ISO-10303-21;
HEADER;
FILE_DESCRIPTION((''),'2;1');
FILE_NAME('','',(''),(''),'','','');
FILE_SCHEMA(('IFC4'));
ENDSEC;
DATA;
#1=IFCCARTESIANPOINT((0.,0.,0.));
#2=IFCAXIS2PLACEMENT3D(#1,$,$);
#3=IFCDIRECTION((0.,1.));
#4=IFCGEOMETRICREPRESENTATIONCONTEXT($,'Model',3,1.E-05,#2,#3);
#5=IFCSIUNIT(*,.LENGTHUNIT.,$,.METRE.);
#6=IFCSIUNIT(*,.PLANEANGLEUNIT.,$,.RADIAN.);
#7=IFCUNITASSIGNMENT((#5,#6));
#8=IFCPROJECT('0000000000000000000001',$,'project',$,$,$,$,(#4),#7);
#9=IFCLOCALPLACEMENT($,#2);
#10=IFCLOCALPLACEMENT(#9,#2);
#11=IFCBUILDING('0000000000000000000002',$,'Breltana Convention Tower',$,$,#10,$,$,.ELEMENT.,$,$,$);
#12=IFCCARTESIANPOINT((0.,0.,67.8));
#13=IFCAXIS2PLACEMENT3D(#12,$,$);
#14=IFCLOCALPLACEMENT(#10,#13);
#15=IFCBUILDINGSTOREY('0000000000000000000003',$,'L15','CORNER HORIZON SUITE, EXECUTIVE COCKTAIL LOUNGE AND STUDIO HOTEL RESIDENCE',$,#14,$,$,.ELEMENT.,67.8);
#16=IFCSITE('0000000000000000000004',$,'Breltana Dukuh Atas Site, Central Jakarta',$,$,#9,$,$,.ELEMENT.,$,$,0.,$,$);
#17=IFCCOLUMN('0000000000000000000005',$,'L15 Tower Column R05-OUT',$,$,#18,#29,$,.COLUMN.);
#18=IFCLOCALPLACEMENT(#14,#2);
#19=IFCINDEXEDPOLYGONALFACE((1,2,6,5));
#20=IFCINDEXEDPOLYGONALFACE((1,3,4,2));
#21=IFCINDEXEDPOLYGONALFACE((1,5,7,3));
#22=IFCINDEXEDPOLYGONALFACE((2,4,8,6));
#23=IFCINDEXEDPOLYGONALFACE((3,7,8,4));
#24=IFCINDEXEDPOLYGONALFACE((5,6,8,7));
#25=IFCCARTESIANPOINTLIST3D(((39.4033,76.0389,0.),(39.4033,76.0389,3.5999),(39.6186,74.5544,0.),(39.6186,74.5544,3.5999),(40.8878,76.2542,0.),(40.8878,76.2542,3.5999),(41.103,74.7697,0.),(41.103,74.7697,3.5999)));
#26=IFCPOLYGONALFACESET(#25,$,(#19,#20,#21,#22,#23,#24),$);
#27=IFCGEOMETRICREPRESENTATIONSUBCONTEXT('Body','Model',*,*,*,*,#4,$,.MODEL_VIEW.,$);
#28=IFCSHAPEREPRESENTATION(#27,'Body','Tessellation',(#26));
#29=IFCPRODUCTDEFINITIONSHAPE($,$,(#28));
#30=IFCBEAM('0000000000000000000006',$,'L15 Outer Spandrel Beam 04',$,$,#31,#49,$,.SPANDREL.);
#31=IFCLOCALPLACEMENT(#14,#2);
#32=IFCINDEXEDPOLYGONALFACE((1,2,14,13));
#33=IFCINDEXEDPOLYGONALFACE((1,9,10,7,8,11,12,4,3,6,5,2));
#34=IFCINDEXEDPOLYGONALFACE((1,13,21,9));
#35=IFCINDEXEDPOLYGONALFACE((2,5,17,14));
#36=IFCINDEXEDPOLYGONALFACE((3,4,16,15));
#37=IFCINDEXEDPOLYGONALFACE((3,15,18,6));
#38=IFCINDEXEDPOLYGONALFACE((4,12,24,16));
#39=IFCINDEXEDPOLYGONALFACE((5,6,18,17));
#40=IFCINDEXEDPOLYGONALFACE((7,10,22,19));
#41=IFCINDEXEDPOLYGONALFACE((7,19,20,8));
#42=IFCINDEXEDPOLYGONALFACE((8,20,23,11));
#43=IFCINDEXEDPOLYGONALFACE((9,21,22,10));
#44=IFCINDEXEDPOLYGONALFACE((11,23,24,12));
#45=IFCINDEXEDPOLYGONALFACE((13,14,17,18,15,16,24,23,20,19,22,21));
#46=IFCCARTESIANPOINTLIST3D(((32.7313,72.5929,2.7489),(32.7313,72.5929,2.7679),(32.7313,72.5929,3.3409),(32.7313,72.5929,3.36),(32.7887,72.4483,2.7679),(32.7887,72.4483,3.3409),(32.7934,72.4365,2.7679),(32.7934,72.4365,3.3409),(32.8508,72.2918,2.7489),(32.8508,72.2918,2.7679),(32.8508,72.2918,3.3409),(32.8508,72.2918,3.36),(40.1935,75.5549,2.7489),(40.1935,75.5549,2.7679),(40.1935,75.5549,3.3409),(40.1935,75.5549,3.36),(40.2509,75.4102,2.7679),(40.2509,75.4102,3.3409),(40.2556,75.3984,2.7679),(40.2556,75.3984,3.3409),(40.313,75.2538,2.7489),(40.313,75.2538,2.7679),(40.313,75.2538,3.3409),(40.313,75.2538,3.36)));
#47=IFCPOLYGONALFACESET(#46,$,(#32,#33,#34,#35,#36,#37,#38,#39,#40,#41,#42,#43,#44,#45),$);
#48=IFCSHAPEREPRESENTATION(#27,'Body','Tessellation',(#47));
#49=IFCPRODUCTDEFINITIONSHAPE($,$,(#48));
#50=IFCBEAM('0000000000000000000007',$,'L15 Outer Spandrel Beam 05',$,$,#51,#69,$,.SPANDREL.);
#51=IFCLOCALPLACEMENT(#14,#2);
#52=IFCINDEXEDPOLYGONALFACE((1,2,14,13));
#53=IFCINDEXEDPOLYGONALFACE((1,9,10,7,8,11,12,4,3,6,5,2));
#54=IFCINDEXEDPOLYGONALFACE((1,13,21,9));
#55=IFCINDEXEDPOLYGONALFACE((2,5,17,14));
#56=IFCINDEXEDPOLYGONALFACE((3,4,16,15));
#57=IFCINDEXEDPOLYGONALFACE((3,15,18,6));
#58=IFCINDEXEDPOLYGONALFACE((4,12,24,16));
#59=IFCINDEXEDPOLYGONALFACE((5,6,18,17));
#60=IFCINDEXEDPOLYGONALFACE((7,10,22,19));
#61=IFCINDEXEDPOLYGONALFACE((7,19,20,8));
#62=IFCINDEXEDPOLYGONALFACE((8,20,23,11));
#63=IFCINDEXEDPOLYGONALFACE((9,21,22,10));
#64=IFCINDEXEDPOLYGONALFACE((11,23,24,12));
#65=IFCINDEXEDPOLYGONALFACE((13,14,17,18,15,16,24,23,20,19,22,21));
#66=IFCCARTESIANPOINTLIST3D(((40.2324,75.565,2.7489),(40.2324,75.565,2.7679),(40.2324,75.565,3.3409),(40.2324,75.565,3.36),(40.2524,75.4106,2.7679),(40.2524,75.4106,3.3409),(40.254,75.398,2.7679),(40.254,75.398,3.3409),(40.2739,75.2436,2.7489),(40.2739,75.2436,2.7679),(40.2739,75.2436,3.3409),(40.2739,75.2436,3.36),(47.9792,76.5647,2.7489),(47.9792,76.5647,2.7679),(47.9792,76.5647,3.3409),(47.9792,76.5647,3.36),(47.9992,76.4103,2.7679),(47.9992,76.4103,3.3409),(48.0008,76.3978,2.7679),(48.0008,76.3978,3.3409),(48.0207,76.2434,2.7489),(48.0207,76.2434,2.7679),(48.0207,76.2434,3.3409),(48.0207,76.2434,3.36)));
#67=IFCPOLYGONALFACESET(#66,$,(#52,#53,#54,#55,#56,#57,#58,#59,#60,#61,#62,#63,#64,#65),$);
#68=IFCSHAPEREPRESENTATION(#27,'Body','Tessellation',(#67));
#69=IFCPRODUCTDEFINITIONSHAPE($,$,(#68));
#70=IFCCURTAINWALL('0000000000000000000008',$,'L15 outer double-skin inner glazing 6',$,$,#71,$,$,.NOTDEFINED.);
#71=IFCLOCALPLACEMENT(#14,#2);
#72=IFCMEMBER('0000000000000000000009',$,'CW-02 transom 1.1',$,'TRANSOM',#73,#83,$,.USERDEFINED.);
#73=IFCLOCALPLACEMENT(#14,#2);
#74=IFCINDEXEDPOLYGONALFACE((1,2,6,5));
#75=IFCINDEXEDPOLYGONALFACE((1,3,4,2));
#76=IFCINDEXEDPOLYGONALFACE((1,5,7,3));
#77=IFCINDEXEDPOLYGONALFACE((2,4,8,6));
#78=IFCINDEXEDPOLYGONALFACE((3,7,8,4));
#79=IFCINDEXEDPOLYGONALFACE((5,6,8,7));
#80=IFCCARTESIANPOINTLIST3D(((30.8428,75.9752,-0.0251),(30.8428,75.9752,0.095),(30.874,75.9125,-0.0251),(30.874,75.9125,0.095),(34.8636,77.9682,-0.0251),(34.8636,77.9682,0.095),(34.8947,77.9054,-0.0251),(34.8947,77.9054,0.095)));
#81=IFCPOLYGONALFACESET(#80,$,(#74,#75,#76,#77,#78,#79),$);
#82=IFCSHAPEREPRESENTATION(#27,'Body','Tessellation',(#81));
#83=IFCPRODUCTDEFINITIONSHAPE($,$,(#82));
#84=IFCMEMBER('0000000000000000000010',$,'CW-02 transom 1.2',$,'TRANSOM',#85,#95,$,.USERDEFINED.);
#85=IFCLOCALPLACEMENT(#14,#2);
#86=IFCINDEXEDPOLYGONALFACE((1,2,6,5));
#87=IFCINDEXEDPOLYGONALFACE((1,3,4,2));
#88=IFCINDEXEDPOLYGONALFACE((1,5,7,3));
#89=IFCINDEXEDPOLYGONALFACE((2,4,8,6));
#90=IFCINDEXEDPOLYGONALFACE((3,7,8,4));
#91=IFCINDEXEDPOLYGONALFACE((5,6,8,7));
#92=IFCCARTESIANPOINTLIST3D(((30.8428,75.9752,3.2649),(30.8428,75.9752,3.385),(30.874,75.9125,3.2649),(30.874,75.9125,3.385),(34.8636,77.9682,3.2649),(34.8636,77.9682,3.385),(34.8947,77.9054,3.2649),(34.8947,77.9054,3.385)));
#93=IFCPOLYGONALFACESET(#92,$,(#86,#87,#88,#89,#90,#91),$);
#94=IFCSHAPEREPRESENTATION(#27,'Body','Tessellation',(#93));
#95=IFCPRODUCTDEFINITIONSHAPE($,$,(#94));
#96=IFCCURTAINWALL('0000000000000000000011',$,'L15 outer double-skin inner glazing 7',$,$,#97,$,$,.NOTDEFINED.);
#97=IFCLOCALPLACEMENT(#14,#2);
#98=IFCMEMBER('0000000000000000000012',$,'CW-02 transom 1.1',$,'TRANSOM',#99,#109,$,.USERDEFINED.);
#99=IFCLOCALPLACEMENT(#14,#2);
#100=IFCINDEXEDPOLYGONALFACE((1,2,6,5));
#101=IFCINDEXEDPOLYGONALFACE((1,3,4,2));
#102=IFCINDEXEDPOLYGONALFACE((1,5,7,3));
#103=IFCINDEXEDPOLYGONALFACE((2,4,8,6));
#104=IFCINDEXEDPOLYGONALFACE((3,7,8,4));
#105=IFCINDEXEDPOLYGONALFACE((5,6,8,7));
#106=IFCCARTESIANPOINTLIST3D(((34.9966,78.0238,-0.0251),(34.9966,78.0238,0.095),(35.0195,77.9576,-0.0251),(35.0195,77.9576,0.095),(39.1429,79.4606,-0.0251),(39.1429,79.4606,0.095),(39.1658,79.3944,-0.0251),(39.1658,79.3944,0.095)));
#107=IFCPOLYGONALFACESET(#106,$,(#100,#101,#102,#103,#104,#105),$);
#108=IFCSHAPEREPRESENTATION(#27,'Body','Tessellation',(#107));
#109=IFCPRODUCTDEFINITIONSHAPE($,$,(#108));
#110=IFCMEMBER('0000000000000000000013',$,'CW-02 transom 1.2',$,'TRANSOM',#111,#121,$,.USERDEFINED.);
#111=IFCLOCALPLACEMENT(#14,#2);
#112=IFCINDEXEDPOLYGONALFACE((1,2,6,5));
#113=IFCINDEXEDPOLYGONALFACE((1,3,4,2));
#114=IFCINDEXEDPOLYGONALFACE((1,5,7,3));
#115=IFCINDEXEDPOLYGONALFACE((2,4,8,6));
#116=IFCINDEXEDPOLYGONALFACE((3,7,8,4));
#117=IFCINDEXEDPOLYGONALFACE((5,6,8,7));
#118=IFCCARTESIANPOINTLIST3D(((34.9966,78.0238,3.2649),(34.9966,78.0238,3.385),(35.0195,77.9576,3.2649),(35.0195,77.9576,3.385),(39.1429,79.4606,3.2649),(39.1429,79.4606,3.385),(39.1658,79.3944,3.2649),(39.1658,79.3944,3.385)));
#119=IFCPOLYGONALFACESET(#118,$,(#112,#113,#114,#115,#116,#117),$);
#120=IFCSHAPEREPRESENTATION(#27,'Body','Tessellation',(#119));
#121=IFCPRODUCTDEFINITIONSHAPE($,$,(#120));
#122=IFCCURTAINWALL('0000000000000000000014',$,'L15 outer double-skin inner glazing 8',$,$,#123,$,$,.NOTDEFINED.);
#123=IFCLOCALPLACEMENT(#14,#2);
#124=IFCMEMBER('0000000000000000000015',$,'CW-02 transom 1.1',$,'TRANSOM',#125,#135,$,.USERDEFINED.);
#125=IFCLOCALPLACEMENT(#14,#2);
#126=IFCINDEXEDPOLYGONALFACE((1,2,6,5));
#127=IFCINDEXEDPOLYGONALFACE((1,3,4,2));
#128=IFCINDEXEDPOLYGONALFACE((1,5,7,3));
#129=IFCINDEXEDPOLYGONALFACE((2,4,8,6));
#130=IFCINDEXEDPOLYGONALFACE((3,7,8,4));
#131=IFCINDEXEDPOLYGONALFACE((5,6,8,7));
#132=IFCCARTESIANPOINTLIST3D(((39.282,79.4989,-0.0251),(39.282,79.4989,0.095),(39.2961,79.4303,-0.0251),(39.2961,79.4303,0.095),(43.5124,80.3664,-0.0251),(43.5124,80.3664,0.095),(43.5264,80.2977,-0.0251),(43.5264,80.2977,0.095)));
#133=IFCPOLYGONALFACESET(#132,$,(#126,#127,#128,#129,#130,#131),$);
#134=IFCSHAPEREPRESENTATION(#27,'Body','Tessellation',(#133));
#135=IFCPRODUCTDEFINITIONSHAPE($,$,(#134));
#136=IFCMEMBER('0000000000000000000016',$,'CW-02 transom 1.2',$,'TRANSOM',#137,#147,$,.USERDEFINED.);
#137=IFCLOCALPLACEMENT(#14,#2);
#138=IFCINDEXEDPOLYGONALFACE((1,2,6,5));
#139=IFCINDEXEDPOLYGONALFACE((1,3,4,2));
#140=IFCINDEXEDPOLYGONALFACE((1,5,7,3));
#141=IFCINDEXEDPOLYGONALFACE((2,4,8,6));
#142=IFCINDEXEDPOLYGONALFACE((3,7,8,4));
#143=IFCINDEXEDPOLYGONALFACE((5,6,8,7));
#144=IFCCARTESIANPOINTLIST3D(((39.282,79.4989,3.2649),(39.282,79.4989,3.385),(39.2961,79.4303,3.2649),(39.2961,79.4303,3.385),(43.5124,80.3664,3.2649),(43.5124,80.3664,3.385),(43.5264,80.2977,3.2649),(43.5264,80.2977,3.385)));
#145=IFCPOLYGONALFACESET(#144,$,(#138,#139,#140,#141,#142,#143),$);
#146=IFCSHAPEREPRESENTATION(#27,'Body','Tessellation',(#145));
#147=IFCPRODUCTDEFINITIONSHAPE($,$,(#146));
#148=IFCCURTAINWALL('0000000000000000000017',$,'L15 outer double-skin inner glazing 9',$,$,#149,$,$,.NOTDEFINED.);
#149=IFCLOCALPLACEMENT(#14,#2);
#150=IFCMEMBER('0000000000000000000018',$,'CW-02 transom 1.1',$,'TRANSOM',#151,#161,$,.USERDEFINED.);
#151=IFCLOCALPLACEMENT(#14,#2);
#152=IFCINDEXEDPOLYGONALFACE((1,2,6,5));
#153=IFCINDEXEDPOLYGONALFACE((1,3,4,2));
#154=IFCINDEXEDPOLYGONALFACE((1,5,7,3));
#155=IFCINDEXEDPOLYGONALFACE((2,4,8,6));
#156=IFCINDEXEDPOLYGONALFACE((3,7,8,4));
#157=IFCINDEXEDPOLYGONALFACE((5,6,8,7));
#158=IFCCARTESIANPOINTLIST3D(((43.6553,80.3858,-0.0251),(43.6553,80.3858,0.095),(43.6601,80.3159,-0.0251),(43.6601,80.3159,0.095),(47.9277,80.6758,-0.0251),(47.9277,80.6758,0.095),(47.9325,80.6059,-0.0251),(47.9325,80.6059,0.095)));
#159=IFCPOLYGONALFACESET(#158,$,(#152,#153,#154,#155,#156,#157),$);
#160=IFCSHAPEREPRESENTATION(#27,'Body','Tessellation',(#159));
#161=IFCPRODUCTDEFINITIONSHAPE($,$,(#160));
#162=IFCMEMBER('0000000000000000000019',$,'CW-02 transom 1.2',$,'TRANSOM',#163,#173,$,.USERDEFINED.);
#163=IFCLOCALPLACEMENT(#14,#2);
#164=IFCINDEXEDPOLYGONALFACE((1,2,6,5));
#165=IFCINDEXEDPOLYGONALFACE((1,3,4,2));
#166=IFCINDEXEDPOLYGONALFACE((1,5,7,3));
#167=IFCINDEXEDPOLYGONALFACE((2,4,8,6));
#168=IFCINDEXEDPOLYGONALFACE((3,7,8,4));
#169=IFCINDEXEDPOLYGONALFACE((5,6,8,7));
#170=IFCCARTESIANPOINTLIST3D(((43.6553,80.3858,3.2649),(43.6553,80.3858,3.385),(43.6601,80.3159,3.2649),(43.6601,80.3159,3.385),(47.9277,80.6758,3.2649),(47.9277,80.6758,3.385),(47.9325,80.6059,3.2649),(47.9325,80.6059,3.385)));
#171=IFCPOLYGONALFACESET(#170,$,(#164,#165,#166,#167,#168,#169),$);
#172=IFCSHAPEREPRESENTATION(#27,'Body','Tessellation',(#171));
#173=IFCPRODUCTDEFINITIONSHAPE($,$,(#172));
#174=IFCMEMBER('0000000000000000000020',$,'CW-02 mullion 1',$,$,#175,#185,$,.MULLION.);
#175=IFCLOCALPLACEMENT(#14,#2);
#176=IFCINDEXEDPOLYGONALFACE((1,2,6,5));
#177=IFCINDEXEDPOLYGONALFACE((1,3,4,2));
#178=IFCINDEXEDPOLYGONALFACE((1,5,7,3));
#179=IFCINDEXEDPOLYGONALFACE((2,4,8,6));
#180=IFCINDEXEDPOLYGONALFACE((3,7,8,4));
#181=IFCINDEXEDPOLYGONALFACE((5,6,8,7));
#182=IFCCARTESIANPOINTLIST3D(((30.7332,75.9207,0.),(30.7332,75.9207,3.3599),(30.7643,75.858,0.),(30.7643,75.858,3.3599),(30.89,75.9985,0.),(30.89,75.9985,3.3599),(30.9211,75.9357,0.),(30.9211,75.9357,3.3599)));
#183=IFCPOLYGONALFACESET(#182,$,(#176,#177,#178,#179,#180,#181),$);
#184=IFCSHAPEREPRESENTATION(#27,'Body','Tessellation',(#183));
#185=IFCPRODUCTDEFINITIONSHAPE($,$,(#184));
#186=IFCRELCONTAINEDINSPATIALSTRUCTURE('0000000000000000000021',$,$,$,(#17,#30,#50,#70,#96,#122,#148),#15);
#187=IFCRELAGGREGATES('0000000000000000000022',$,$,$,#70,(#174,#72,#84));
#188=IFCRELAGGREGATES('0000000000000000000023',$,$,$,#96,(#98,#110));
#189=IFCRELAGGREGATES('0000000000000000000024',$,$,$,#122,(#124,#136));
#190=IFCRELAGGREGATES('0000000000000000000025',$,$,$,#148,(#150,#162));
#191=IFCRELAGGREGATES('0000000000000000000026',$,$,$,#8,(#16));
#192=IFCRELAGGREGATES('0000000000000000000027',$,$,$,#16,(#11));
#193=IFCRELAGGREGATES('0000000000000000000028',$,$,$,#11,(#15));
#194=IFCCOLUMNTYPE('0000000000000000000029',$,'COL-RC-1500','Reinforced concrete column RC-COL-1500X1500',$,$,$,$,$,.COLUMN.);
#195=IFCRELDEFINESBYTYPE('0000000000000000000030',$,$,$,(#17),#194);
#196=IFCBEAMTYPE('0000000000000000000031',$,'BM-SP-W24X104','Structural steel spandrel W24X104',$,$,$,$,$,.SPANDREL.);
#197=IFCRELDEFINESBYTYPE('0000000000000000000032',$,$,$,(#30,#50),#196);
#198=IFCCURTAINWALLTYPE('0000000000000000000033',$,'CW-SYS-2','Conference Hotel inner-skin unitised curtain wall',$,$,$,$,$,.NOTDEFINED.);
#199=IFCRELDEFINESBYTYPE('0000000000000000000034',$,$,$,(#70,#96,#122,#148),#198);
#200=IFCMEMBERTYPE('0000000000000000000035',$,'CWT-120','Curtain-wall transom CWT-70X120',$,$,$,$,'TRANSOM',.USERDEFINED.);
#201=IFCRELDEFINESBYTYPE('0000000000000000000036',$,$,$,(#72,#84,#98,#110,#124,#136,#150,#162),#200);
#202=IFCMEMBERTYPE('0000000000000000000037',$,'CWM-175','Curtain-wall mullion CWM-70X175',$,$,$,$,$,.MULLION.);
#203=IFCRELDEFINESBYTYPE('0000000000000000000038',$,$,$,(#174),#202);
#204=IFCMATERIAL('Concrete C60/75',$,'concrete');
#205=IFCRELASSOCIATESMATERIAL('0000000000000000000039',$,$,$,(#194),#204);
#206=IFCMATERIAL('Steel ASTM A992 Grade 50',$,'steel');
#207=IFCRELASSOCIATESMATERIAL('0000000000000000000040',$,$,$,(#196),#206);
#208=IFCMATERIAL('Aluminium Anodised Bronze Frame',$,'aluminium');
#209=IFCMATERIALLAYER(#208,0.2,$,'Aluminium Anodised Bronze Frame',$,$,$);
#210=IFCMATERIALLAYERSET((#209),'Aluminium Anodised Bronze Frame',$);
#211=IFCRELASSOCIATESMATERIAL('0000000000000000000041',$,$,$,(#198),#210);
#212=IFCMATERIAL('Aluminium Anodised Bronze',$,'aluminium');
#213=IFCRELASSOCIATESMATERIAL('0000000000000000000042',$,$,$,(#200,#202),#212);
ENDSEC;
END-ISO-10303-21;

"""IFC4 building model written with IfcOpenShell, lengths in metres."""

from ifc_helpers import new_model, si_unit, direction, frame, origin, origin_2d, place, context, subcontext, project, spatial, rectangle, i_section, extrude, source, transform, mapped, material, layer, layer_set, material_profile, profile_set, type_object, element, aggregate, save


model = new_model("IFC4")

# Units and contexts
model_context = context("Model", 3, precision=1e-05, world=origin(), true_north=direction((0.0, 1.0)))
body_context = subcontext(model_context, "Body", "Model", "MODEL_VIEW")
ifc_project = project(units=[si_unit("LENGTHUNIT", "METRE"), si_unit("PLANEANGLEUNIT", "RADIAN")], contexts=[model_context])

# Site, building, storey
site_placement = place(None, origin())
site = spatial("IfcSite", under=ifc_project, at=site_placement, Name="Breltana Dukuh Atas Site, Central Jakarta", CompositionType="ELEMENT", RefElevation=0.0)
building_placement = place(site_placement, origin())
building = spatial("IfcBuilding", under=site, at=building_placement, Name="Breltana Convention Tower", CompositionType="ELEMENT")
storey_placement = place(building_placement, frame((0.0, 0.0, 67.8)))
storey = spatial("IfcBuildingStorey", under=building, at=storey_placement, Name="L15", Description="CORNER HORIZON SUITE, EXECUTIVE COCKTAIL LOUNGE AND STUDIO HOTEL RESIDENCE", CompositionType="ELEMENT", Elevation=67.8)

# Column
ifc_material_1 = material(Name="Concrete C60/75", Category="concrete")
ifc_material_profile_1 = material_profile(ifc_material_1, rectangle(XDim=1.5, YDim=1.5, at=origin_2d()), Name="RC-COL-1500X1500")
ifc_profile_set_1 = profile_set([ifc_material_profile_1], Name="Concrete C60/75")
column_type = type_object("IfcColumnType", Name="COL-RC-1500", Description="Reinforced concrete column RC-COL-1500X1500", PredefinedType="COLUMN", material=ifc_profile_set_1)
shared_shape_1 = source(origin(), body_context, "Body", "SweptSolid", [
    extrude(rectangle(XDim=1.5, YDim=1.5, at=origin_2d()), origin(), (0.0, 0.0, 1.0), 3.5999),
])
column_placement = place(storey_placement, frame((40.2532, 75.4043, 0.0), z_axis=(0.0, 0.0, 1.0), x_axis=(-0.143493, 0.989651, 0.0)))
element("IfcColumn", 1, at=column_placement, inside=storey, type_object=column_type, Name="L15 Tower Column R05-OUT", PredefinedType="COLUMN", context=body_context, shape_type="MappedRepresentation", body=[
    mapped(shared_shape_1, transform((0.0, 0.0, 0.0), scale=1.0)),
])

# Beams
ifc_material_2 = material(Name="Steel ASTM A992 Grade 50", Category="steel")
ifc_material_profile_2 = material_profile(ifc_material_2, i_section(OverallWidth=0.324, OverallDepth=0.6111, WebThickness=0.0127, FlangeThickness=0.019, at=origin_2d()), Name="W24X104")
ifc_profile_set_2 = profile_set([ifc_material_profile_2], Name="Steel ASTM A992 Grade 50")
beam_type = type_object("IfcBeamType", Name="BM-SP-W24X104", Description="Structural steel spandrel W24X104", PredefinedType="SPANDREL", material=ifc_profile_set_2)
shared_shape_2 = source(origin(), body_context, "Body", "SweptSolid", [
    extrude(i_section(OverallWidth=0.324, OverallDepth=0.6111, WebThickness=0.0127, FlangeThickness=0.019, at=origin_2d()), origin(), (0.0, 0.0, 1.0), 8.0286),
])
beam_1_placement = place(storey_placement, frame((32.791, 72.4424, 3.0544), z_axis=(0.929459, 0.368925, 0.0), x_axis=(-0.368925, 0.929459, 0.0)))
element("IfcBeam", 2, at=beam_1_placement, inside=storey, type_object=beam_type, Name="L15 Outer Spandrel Beam 04", PredefinedType="SPANDREL", context=body_context, shape_type="MappedRepresentation", body=[
    mapped(shared_shape_2, transform((0.0, 0.0, 0.0), scale=1.0)),
])
shared_shape_3 = source(origin(), body_context, "Body", "SweptSolid", [
    extrude(i_section(OverallWidth=0.324, OverallDepth=0.6111, WebThickness=0.0127, FlangeThickness=0.019, at=origin_2d()), origin(), (0.0, 0.0, 1.0), 7.811),
])
beam_2_placement = place(storey_placement, frame((40.2532, 75.4043, 3.0544), z_axis=(0.991775, 0.127992, 0.0), x_axis=(-0.127992, 0.991775, 0.0)))
element("IfcBeam", 3, at=beam_2_placement, inside=storey, type_object=beam_type, Name="L15 Outer Spandrel Beam 05", PredefinedType="SPANDREL", context=body_context, shape_type="MappedRepresentation", body=[
    mapped(shared_shape_3, transform((0.0, 0.0, 0.0), scale=1.0)),
])

# Curtain walls, members
ifc_material_3 = material(Name="Aluminium Anodised Bronze Frame", Category="aluminium")
ifc_layer_1 = layer(ifc_material_3, 0.2, Name="Aluminium Anodised Bronze Frame")
ifc_layer_set_1 = layer_set([ifc_layer_1], Name="Aluminium Anodised Bronze Frame")
curtain_wall_type = type_object("IfcCurtainWallType", Name="CW-SYS-2", Description="Conference Hotel inner-skin unitised curtain wall", PredefinedType="NOTDEFINED", material=ifc_layer_set_1)
curtain_wall_1_placement = place(storey_placement, origin())
curtain_wall_1 = element("IfcCurtainWall", 4, at=curtain_wall_1_placement, inside=storey, type_object=curtain_wall_type, Name="L15 outer double-skin inner glazing 6", PredefinedType="NOTDEFINED")
ifc_material_4 = material(Name="Aluminium Anodised Bronze", Category="aluminium")
ifc_material_profile_3 = material_profile(ifc_material_4, rectangle(XDim=0.0701, YDim=0.1201, at=origin_2d()), Name="CWT-70X120")
ifc_profile_set_3 = profile_set([ifc_material_profile_3], Name="Aluminium Anodised Bronze")
member_type_1 = type_object("IfcMemberType", Name="CWT-120", Description="Curtain-wall transom CWT-70X120", ElementType="TRANSOM", PredefinedType="USERDEFINED", material=ifc_profile_set_3)
shared_shape_4 = source(origin(), body_context, "Body", "SweptSolid", [
    extrude(rectangle(XDim=0.0701, YDim=0.1201, at=origin_2d()), origin(), (0.0, 0.0, 1.0), 4.4875),
])
member_1_placement = place(storey_placement, frame((30.8584, 75.9438, 0.0349), z_axis=(0.895978, 0.444099, 0.0), x_axis=(-0.444099, 0.895978, 0.0)))
member_1 = element("IfcMember", 5, at=member_1_placement, type_object=member_type_1, Name="CW-02 transom 1.1", ObjectType="TRANSOM", PredefinedType="USERDEFINED", context=body_context, shape_type="MappedRepresentation", body=[
    mapped(shared_shape_4, transform((0.0, 0.0, 0.0), scale=1.0)),
])
member_2_placement = place(storey_placement, frame((30.8584, 75.9438, 3.325), z_axis=(0.895978, 0.444099, 0.0), x_axis=(-0.444099, 0.895978, 0.0)))
member_2 = element("IfcMember", 6, at=member_2_placement, type_object=member_type_1, Name="CW-02 transom 1.2", ObjectType="TRANSOM", PredefinedType="USERDEFINED", context=body_context, shape_type="MappedRepresentation", body=[
    mapped(shared_shape_4, transform((0.0, 0.0, 0.0), scale=1.0)),
])
curtain_wall_2_placement = place(storey_placement, origin())
curtain_wall_2 = element("IfcCurtainWall", 7, at=curtain_wall_2_placement, inside=storey, type_object=curtain_wall_type, Name="L15 outer double-skin inner glazing 7", PredefinedType="NOTDEFINED")
shared_shape_5 = source(origin(), body_context, "Body", "SweptSolid", [
    extrude(rectangle(XDim=0.0701, YDim=0.1201, at=origin_2d()), origin(), (0.0, 0.0, 1.0), 4.3882),
])
member_3_placement = place(storey_placement, frame((35.0081, 77.9907, 0.0349), z_axis=(0.944878, 0.327422, 0.0), x_axis=(-0.327422, 0.944878, 0.0)))
member_3 = element("IfcMember", 8, at=member_3_placement, type_object=member_type_1, Name="CW-02 transom 1.1", ObjectType="TRANSOM", PredefinedType="USERDEFINED", context=body_context, shape_type="MappedRepresentation", body=[
    mapped(shared_shape_5, transform((0.0, 0.0, 0.0), scale=1.0)),
])
member_4_placement = place(storey_placement, frame((35.0081, 77.9907, 3.325), z_axis=(0.944878, 0.327422, 0.0), x_axis=(-0.327422, 0.944878, 0.0)))
member_4 = element("IfcMember", 9, at=member_4_placement, type_object=member_type_1, Name="CW-02 transom 1.2", ObjectType="TRANSOM", PredefinedType="USERDEFINED", context=body_context, shape_type="MappedRepresentation", body=[
    mapped(shared_shape_5, transform((0.0, 0.0, 0.0), scale=1.0)),
])
curtain_wall_3_placement = place(storey_placement, origin())
curtain_wall_3 = element("IfcCurtainWall", 10, at=curtain_wall_3_placement, inside=storey, type_object=curtain_wall_type, Name="L15 outer double-skin inner glazing 8", PredefinedType="NOTDEFINED")
shared_shape_6 = source(origin(), body_context, "Body", "SweptSolid", [
    extrude(rectangle(XDim=0.0701, YDim=0.1201, at=origin_2d()), origin(), (0.0, 0.0, 1.0), 4.3184),
])
member_5_placement = place(storey_placement, frame((39.2891, 79.4646, 0.0349), z_axis=(0.979617, 0.200876, 0.0), x_axis=(-0.200876, 0.979617, 0.0)))
member_5 = element("IfcMember", 11, at=member_5_placement, type_object=member_type_1, Name="CW-02 transom 1.1", ObjectType="TRANSOM", PredefinedType="USERDEFINED", context=body_context, shape_type="MappedRepresentation", body=[
    mapped(shared_shape_6, transform((0.0, 0.0, 0.0), scale=1.0)),
])
member_6_placement = place(storey_placement, frame((39.2891, 79.4646, 3.325), z_axis=(0.979617, 0.200876, 0.0), x_axis=(-0.200876, 0.979617, 0.0)))
member_6 = element("IfcMember", 12, at=member_6_placement, type_object=member_type_1, Name="CW-02 transom 1.2", ObjectType="TRANSOM", PredefinedType="USERDEFINED", context=body_context, shape_type="MappedRepresentation", body=[
    mapped(shared_shape_6, transform((0.0, 0.0, 0.0), scale=1.0)),
])
curtain_wall_4_placement = place(storey_placement, origin())
curtain_wall_4 = element("IfcCurtainWall", 13, at=curtain_wall_4_placement, inside=storey, type_object=curtain_wall_type, Name="L15 outer double-skin inner glazing 9", PredefinedType="NOTDEFINED")
shared_shape_7 = source(origin(), body_context, "Body", "SweptSolid", [
    extrude(rectangle(XDim=0.0701, YDim=0.1201, at=origin_2d()), origin(), (0.0, 0.0, 1.0), 4.2822),
])
member_7_placement = place(storey_placement, frame((43.6577, 80.3508, 0.0349), z_axis=(0.997704, 0.06773, 0.0), x_axis=(-0.06773, 0.997704, 0.0)))
member_7 = element("IfcMember", 14, at=member_7_placement, type_object=member_type_1, Name="CW-02 transom 1.1", ObjectType="TRANSOM", PredefinedType="USERDEFINED", context=body_context, shape_type="MappedRepresentation", body=[
    mapped(shared_shape_7, transform((0.0, 0.0, 0.0), scale=1.0)),
])
member_8_placement = place(storey_placement, frame((43.6577, 80.3508, 3.325), z_axis=(0.997704, 0.06773, 0.0), x_axis=(-0.06773, 0.997704, 0.0)))
member_8 = element("IfcMember", 15, at=member_8_placement, type_object=member_type_1, Name="CW-02 transom 1.2", ObjectType="TRANSOM", PredefinedType="USERDEFINED", context=body_context, shape_type="MappedRepresentation", body=[
    mapped(shared_shape_7, transform((0.0, 0.0, 0.0), scale=1.0)),
])

# Member
ifc_material_profile_4 = material_profile(ifc_material_4, rectangle(XDim=0.0701, YDim=0.175, at=origin_2d()), Name="CWM-70X175")
ifc_profile_set_4 = profile_set([ifc_material_profile_4], Name="Aluminium Anodised Bronze")
member_type_2 = type_object("IfcMemberType", Name="CWM-175", Description="Curtain-wall mullion CWM-70X175", PredefinedType="MULLION", material=ifc_profile_set_4)
shared_shape_8 = source(origin(), body_context, "Body", "SweptSolid", [
    extrude(rectangle(XDim=0.0701, YDim=0.175, at=origin_2d()), origin(), (0.0, 0.0, 1.0), 3.3599),
])
member_9_placement = place(storey_placement, frame((30.8271, 75.9282, 0.0), z_axis=(0.0, 0.0, 1.0), x_axis=(-0.444108, 0.895973, 0.0)))
member_9 = element("IfcMember", 16, at=member_9_placement, type_object=member_type_2, Name="CW-02 mullion 1", PredefinedType="MULLION", context=body_context, shape_type="MappedRepresentation", body=[
    mapped(shared_shape_8, transform((0.0, 0.0, 0.0), scale=1.0)),
])

aggregate(curtain_wall_1, [member_9, member_1, member_2])
aggregate(curtain_wall_2, [member_3, member_4])
aggregate(curtain_wall_3, [member_5, member_6])
aggregate(curtain_wall_4, [member_7, member_8])

save(model, "model.ifc")
